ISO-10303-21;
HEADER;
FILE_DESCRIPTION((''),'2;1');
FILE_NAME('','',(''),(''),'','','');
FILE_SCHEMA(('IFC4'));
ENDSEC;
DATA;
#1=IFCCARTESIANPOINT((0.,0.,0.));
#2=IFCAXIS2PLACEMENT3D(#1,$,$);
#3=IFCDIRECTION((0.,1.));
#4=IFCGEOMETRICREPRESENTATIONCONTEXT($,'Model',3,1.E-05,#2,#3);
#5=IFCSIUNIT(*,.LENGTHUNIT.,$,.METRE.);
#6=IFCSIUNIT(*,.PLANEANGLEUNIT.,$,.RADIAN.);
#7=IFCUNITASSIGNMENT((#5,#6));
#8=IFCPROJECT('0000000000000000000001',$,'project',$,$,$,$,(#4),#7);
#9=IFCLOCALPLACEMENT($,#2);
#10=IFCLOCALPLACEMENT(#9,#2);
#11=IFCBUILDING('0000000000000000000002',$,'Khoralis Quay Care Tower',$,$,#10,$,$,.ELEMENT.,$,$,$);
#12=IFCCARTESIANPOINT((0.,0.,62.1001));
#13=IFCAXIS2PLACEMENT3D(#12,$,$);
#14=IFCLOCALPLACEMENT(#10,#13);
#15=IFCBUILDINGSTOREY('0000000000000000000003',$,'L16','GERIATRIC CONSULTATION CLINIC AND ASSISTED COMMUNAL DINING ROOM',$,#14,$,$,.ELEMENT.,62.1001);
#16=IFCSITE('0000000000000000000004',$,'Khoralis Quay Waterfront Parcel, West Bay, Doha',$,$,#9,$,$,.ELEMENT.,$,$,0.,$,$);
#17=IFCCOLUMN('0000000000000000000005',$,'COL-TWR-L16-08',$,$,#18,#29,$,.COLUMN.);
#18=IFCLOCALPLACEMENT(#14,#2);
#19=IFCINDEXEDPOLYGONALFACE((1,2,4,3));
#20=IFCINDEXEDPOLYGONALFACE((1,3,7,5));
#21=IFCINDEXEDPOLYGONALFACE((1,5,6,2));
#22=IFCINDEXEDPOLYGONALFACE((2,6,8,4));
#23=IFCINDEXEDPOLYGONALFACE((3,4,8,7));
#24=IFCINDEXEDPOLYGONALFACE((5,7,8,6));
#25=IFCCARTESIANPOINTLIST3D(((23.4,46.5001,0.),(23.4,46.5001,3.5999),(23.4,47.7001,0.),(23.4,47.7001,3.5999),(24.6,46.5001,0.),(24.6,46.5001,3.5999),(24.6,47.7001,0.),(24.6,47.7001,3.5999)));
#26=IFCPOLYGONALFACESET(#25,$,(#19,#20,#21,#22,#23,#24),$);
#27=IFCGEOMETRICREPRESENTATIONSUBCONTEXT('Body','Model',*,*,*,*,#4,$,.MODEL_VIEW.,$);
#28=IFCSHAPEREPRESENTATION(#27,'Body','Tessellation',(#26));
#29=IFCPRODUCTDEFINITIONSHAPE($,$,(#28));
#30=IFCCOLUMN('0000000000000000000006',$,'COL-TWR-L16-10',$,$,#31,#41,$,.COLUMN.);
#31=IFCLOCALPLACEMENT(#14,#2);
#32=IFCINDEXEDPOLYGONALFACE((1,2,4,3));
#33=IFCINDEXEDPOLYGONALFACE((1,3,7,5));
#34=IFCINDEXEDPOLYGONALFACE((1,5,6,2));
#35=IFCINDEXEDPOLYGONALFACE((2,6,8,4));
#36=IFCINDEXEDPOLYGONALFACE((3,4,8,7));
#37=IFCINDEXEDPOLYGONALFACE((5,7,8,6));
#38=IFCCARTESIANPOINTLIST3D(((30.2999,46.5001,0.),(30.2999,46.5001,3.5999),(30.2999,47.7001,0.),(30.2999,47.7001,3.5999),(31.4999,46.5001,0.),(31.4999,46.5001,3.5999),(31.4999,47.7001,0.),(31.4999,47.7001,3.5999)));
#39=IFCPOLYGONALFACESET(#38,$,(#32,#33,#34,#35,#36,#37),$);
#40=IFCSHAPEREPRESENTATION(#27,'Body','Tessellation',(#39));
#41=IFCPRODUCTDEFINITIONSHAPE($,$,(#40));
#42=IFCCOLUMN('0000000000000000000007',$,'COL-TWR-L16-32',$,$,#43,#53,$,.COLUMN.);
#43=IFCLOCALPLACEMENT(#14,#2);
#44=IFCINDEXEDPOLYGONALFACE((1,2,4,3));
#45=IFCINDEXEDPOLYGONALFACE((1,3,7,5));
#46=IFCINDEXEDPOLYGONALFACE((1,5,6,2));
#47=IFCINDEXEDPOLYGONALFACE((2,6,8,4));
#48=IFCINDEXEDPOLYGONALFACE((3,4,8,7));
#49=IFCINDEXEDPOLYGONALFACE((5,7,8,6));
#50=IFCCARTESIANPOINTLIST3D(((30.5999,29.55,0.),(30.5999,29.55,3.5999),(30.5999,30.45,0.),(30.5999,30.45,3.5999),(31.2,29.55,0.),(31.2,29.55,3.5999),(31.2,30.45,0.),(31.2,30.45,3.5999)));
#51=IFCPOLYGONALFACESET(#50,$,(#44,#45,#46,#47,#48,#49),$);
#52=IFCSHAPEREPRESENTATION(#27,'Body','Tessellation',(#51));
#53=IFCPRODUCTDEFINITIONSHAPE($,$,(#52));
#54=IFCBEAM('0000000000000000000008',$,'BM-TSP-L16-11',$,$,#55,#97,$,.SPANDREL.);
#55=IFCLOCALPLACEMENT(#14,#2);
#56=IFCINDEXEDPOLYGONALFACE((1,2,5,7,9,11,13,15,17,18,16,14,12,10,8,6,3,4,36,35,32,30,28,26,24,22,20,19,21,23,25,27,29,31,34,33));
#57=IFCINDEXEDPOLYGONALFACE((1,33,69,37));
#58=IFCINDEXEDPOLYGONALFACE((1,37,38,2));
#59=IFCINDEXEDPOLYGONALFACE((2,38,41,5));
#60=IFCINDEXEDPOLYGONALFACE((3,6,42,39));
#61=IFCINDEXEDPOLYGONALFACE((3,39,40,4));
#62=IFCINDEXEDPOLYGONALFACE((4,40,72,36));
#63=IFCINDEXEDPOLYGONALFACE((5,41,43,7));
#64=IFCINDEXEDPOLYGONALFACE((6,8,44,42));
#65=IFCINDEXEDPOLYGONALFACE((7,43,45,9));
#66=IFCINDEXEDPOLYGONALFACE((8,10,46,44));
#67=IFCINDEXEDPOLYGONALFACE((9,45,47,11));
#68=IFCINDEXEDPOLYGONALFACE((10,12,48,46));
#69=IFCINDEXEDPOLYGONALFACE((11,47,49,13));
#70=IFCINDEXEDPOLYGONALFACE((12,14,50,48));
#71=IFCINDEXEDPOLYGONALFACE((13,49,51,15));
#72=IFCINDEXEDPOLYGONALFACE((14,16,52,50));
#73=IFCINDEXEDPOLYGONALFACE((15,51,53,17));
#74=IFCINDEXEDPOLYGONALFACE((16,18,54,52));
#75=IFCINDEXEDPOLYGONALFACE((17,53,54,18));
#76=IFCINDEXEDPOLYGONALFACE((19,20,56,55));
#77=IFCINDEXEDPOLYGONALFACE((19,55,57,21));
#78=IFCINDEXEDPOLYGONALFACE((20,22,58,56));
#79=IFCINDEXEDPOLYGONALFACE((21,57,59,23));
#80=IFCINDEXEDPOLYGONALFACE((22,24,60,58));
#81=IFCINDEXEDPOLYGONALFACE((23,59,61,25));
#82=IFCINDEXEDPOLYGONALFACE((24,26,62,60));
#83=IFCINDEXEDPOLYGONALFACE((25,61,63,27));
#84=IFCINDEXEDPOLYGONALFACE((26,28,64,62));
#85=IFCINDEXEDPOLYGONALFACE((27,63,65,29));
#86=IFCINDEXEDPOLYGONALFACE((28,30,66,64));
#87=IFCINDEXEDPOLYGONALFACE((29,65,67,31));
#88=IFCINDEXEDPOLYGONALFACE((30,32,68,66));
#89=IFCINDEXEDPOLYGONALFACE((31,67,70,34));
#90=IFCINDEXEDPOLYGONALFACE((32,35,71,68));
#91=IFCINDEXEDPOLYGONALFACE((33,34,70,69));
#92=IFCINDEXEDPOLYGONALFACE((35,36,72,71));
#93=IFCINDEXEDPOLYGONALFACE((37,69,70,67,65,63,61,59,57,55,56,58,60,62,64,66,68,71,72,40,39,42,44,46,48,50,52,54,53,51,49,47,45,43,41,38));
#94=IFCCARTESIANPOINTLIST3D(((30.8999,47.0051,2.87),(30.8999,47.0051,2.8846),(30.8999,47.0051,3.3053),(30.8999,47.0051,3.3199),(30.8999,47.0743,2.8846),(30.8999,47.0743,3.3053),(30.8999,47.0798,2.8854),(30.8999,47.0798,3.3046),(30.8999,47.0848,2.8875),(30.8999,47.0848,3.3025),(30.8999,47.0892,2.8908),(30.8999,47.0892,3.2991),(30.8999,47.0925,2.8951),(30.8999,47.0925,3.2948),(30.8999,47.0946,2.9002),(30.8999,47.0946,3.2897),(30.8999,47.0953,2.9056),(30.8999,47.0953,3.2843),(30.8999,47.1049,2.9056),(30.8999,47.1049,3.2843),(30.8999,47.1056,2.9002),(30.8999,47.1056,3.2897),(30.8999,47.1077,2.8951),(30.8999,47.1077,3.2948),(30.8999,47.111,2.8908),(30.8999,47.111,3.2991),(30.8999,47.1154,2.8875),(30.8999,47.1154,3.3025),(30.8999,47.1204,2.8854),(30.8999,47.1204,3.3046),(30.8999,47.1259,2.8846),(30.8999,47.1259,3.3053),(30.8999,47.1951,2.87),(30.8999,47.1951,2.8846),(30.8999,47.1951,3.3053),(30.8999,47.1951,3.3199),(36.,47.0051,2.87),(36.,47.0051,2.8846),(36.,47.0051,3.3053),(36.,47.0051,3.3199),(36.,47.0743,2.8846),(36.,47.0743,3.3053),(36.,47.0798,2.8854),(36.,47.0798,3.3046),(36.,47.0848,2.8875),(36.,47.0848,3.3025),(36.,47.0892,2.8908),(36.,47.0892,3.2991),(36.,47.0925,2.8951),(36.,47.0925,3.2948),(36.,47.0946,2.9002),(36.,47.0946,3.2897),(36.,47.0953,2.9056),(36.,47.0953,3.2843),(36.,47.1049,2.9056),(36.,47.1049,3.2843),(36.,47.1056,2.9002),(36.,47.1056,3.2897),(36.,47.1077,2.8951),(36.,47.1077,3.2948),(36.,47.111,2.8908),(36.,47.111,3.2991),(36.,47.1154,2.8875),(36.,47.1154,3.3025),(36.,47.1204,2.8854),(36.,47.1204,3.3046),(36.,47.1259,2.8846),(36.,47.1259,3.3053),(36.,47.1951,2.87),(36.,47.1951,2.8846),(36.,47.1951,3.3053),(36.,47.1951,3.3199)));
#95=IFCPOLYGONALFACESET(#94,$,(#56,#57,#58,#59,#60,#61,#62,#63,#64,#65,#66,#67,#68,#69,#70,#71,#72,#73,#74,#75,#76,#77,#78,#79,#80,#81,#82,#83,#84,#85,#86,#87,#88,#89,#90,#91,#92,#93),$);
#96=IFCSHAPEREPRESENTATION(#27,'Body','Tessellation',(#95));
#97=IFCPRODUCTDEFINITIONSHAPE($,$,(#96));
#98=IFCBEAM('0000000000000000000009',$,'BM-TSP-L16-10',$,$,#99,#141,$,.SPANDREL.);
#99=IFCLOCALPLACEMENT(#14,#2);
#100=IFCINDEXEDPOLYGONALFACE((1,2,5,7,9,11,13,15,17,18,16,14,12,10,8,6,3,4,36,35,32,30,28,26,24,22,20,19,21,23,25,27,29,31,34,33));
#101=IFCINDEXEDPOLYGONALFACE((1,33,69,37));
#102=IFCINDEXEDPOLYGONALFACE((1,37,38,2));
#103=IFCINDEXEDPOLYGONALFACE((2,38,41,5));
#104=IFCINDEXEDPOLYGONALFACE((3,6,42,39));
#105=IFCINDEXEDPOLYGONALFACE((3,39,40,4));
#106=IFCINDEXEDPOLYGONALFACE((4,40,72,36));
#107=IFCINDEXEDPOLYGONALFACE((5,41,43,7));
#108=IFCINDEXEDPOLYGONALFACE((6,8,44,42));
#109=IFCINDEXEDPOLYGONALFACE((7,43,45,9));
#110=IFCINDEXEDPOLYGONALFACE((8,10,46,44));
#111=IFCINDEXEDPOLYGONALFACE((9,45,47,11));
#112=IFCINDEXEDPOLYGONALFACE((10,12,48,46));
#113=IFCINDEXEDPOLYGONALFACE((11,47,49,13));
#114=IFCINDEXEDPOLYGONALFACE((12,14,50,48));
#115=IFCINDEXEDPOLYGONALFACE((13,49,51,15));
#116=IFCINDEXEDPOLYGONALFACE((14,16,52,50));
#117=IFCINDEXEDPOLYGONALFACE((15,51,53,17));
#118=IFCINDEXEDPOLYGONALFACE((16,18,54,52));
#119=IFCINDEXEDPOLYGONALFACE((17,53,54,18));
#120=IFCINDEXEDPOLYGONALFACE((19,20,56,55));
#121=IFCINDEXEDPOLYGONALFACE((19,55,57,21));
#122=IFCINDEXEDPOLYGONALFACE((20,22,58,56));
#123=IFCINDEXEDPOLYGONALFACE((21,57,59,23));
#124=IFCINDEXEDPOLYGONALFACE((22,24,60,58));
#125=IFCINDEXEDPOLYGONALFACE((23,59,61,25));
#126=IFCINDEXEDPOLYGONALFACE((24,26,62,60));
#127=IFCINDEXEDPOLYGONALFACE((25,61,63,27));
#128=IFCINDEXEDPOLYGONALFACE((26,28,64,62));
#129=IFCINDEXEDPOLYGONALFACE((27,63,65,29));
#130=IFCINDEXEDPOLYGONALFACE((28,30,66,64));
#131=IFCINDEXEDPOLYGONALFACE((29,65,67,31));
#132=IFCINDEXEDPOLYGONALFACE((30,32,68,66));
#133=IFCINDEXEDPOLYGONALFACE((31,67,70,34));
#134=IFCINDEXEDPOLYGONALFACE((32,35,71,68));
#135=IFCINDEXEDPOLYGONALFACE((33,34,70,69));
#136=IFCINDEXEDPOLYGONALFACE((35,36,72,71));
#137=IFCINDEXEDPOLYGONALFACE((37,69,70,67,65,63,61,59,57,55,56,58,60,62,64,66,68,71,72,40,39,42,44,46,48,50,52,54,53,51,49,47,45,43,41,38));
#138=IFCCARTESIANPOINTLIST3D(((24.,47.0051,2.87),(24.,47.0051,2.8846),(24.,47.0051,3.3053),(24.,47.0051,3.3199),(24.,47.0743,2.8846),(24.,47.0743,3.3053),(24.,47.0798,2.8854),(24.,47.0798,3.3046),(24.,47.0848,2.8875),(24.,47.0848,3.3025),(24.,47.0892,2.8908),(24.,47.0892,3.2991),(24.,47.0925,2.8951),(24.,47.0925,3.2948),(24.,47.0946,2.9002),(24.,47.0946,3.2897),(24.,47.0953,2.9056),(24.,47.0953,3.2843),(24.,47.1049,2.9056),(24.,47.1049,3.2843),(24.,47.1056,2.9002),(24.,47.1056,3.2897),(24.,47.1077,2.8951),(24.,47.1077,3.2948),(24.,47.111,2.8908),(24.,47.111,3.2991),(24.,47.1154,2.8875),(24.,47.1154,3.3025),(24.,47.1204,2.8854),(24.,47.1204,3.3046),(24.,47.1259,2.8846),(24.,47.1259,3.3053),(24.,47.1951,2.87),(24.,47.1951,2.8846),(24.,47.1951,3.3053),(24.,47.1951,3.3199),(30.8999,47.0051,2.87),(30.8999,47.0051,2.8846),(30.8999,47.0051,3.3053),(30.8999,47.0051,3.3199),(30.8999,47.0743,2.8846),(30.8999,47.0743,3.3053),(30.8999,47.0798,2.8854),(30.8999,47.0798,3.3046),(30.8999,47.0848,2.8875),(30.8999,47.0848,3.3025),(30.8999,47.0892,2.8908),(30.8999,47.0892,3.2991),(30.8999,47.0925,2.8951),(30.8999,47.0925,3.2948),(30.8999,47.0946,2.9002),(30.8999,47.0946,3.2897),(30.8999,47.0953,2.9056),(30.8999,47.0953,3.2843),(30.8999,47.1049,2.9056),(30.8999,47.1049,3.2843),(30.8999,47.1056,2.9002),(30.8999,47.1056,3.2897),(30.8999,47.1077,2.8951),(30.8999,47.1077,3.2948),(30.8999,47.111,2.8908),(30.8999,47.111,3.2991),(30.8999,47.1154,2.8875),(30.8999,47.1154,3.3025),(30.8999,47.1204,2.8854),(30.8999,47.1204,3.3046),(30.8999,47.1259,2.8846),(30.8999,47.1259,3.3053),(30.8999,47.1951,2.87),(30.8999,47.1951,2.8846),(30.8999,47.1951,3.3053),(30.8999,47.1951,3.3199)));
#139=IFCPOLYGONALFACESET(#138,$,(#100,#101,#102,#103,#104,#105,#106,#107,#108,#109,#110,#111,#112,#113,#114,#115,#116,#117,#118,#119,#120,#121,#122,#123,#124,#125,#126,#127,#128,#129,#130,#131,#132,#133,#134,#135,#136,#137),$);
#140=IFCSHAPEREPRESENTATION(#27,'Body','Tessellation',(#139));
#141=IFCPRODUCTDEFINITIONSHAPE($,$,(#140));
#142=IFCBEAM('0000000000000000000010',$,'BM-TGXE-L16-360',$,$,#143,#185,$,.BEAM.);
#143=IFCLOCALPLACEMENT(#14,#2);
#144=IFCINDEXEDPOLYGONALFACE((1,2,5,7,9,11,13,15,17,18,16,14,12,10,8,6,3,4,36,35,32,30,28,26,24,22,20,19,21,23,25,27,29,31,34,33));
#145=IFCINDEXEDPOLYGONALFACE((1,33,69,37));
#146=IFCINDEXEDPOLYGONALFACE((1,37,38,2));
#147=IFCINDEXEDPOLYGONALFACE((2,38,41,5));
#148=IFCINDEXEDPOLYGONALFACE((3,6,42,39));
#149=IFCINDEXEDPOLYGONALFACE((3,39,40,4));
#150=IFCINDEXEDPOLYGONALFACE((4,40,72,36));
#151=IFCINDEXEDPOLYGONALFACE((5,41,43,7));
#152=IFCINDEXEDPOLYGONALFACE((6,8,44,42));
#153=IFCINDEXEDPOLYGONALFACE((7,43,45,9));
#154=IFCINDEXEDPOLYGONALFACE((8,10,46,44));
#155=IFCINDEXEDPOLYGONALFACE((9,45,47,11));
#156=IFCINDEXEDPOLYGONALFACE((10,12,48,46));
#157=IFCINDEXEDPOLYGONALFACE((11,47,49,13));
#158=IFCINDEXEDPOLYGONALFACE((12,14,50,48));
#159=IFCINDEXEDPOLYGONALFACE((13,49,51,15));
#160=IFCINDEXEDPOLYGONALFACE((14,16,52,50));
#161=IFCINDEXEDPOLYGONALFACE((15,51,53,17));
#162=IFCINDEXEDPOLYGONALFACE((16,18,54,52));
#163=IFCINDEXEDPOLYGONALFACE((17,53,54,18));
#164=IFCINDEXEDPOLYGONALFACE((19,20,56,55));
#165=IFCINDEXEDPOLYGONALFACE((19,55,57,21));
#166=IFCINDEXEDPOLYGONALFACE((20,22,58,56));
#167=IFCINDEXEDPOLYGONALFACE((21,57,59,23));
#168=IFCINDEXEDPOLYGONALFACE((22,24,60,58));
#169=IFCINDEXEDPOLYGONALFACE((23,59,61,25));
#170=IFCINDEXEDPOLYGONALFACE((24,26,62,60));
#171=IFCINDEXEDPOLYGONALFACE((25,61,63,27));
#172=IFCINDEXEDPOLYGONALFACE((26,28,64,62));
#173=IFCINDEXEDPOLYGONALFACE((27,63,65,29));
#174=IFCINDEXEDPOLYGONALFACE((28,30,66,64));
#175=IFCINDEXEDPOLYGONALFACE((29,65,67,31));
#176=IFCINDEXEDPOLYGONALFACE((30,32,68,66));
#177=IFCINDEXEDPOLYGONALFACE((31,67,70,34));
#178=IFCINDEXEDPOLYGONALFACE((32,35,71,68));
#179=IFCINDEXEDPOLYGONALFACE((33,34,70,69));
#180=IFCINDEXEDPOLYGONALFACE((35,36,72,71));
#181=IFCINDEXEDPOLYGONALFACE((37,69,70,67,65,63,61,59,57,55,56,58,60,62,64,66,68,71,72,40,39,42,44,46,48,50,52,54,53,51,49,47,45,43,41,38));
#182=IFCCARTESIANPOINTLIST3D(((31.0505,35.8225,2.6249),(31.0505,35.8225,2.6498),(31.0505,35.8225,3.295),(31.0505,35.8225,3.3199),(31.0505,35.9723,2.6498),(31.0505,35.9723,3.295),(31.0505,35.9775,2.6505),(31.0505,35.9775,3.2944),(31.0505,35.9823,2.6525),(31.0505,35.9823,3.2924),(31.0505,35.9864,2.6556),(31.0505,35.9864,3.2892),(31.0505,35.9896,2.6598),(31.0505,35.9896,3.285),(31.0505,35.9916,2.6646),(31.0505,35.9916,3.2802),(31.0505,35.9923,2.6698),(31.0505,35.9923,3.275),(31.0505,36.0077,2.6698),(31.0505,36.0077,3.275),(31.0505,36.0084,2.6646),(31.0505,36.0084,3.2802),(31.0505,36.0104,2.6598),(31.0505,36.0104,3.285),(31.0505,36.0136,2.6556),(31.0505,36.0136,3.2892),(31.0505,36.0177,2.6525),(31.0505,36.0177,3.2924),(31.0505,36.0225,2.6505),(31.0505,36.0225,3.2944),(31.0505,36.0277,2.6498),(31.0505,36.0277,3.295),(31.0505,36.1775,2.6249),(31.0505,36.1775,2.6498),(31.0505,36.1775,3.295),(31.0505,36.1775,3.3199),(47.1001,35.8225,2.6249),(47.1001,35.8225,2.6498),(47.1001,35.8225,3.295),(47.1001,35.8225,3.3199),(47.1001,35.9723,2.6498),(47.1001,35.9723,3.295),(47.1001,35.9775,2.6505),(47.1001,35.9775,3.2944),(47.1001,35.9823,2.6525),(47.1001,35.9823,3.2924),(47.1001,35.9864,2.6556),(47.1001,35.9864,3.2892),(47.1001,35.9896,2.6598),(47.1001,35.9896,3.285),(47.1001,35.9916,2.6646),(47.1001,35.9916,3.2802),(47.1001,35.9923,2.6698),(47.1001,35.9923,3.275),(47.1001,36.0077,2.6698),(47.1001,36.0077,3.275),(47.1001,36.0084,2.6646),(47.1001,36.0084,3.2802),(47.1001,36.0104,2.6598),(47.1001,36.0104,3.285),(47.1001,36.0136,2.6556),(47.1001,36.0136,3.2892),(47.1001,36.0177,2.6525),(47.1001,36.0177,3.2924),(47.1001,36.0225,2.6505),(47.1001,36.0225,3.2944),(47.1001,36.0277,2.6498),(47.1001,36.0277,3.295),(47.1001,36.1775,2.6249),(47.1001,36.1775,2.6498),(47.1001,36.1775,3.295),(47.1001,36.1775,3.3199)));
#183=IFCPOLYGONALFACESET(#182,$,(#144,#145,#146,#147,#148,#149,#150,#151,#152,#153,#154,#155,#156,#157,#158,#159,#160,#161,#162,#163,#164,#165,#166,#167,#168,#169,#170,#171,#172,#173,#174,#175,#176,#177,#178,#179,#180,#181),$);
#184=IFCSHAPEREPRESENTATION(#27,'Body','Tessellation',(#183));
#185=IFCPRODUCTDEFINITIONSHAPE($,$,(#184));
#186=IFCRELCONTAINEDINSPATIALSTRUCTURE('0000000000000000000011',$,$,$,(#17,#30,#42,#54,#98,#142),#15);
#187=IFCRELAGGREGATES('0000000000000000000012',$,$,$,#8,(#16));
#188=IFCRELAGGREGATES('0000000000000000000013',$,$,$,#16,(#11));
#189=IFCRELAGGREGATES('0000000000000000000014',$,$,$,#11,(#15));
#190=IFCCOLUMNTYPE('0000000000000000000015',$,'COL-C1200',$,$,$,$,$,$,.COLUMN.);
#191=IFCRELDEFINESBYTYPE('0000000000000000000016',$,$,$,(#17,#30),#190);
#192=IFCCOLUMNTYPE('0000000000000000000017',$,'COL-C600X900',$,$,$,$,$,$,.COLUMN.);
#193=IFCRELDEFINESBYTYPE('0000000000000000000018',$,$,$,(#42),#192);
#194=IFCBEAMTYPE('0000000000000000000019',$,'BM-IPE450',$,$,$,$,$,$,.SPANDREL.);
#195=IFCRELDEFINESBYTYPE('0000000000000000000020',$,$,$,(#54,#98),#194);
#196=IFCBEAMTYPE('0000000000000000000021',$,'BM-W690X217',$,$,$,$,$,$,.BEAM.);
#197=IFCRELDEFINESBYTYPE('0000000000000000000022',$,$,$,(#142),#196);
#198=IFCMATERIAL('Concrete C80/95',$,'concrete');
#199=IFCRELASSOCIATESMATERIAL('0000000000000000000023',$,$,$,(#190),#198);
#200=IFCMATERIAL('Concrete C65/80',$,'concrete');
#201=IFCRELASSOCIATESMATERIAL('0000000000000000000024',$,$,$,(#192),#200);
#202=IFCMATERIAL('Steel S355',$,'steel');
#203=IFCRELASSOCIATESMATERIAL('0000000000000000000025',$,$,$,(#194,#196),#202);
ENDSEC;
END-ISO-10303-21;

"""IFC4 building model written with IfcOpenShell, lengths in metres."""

from ifc_helpers import new_model, si_unit, direction, frame, origin, origin_2d, place, context, subcontext, project, spatial, rectangle, i_section, extrude, source, transform, mapped, material, material_profile, profile_set, type_object, element, save


model = new_model("IFC4")

# Units and contexts
model_context = context("Model", 3, precision=1e-05, world=origin(), true_north=direction((0.0, 1.0)))
body_context = subcontext(model_context, "Body", "Model", "MODEL_VIEW")
ifc_project = project(units=[si_unit("LENGTHUNIT", "METRE"), si_unit("PLANEANGLEUNIT", "RADIAN")], contexts=[model_context])

# Site, building, storey
site_placement = place(None, origin())
site = spatial("IfcSite", under=ifc_project, at=site_placement, Name="Khoralis Quay Waterfront Parcel, West Bay, Doha", CompositionType="ELEMENT", RefElevation=0.0)
building_placement = place(site_placement, origin())
building = spatial("IfcBuilding", under=site, at=building_placement, Name="Khoralis Quay Care Tower", CompositionType="ELEMENT")
storey_placement = place(building_placement, frame((0.0, 0.0, 62.1001)))
storey = spatial("IfcBuildingStorey", under=building, at=storey_placement, Name="L16", Description="GERIATRIC CONSULTATION CLINIC AND ASSISTED COMMUNAL DINING ROOM", CompositionType="ELEMENT", Elevation=62.1001)

# Columns
ifc_material_1 = material(Name="Concrete C80/95", Category="concrete")
ifc_material_profile_1 = material_profile(ifc_material_1, rectangle(XDim=1.2, YDim=1.2, at=origin_2d()), Name="Concrete C80/95")
ifc_profile_set_1 = profile_set([ifc_material_profile_1], Name="Concrete C80/95")
column_type_1 = type_object("IfcColumnType", Name="COL-C1200", PredefinedType="COLUMN", material=ifc_profile_set_1)
shared_shape_1 = source(origin(), body_context, "Body", "SweptSolid", [
    extrude(rectangle(XDim=1.2, YDim=1.2, at=origin_2d()), origin(), (0.0, 0.0, 1.0), 3.5999),
])
for number, where, z_axis, x_axis, name in (
    (1, (24.0, 47.1001, 0.0), (0.0, 0.0, 1.0), (1.0, 0.0, 0.0), "COL-TWR-L16-08"),
    (2, (30.8999, 47.1001, 0.0), (0.0, 0.0, 1.0), (1.0, 0.0, 0.0), "COL-TWR-L16-10"),
):
    element("IfcColumn", number, at=place(storey_placement, frame(where, z_axis=z_axis, x_axis=x_axis)), inside=storey, type_object=column_type_1, Name=name, PredefinedType="COLUMN", context=body_context, shape_type="MappedRepresentation", body=[
        mapped(shared_shape_1, transform((0.0, 0.0, 0.0), scale=1.0)),
    ])
ifc_material_2 = material(Name="Concrete C65/80", Category="concrete")
ifc_material_profile_2 = material_profile(ifc_material_2, rectangle(XDim=0.6001, YDim=0.8999, at=origin_2d()), Name="Concrete C65/80")
ifc_profile_set_2 = profile_set([ifc_material_profile_2], Name="Concrete C65/80")
column_type_2 = type_object("IfcColumnType", Name="COL-C600X900", PredefinedType="COLUMN", material=ifc_profile_set_2)
shared_shape_2 = source(origin(), body_context, "Body", "SweptSolid", [
    extrude(rectangle(XDim=0.6001, YDim=0.8999, at=origin_2d()), origin(), (0.0, 0.0, 1.0), 3.5999),
])
column_placement = place(storey_placement, frame((30.8999, 30.0, 0.0), z_axis=(0.0, 0.0, 1.0), x_axis=(1.0, 0.0, 0.0)))
element("IfcColumn", 3, at=column_placement, inside=storey, type_object=column_type_2, Name="COL-TWR-L16-32", PredefinedType="COLUMN", context=body_context, shape_type="MappedRepresentation", body=[
    mapped(shared_shape_2, transform((0.0, 0.0, 0.0), scale=1.0)),
])

# Beams
ifc_material_3 = material(Name="Steel S355", Category="steel")
ifc_material_profile_3 = material_profile(ifc_material_3, i_section(OverallWidth=0.1899, OverallDepth=0.45, WebThickness=0.0095, FlangeThickness=0.0146, FilletRadius=0.021, at=origin_2d()), Name="Steel S355")
ifc_profile_set_3 = profile_set([ifc_material_profile_3], Name="Steel S355")
beam_type_1 = type_object("IfcBeamType", Name="BM-IPE450", PredefinedType="SPANDREL", material=ifc_profile_set_3)
shared_shape_3 = source(origin(), body_context, "Body", "SweptSolid", [
    extrude(i_section(OverallWidth=0.1899, OverallDepth=0.45, WebThickness=0.0095, FlangeThickness=0.0146, FilletRadius=0.021, at=origin_2d()), origin(), (0.0, 0.0, 1.0), 5.1001),
])
beam_1_placement = place(storey_placement, frame((30.8999, 47.1001, 3.095), z_axis=(1.0, 0.0, 0.0), x_axis=(0.0, 1.0, 0.0)))
element("IfcBeam", 4, at=beam_1_placement, inside=storey, type_object=beam_type_1, Name="BM-TSP-L16-11", PredefinedType="SPANDREL", context=body_context, shape_type="MappedRepresentation", body=[
    mapped(shared_shape_3, transform((0.0, 0.0, 0.0), scale=1.0)),
])
shared_shape_4 = source(origin(), body_context, "Body", "SweptSolid", [
    extrude(i_section(OverallWidth=0.1899, OverallDepth=0.45, WebThickness=0.0095, FlangeThickness=0.0146, FilletRadius=0.021, at=origin_2d()), origin(), (0.0, 0.0, 1.0), 6.8999),
])
beam_2_placement = place(storey_placement, frame((24.0, 47.1001, 3.095), z_axis=(1.0, 0.0, 0.0), x_axis=(0.0, 1.0, 0.0)))
element("IfcBeam", 5, at=beam_2_placement, inside=storey, type_object=beam_type_1, Name="BM-TSP-L16-10", PredefinedType="SPANDREL", context=body_context, shape_type="MappedRepresentation", body=[
    mapped(shared_shape_4, transform((0.0, 0.0, 0.0), scale=1.0)),
])
ifc_material_profile_4 = material_profile(ifc_material_3, i_section(OverallWidth=0.355, OverallDepth=0.6951, WebThickness=0.0154, FlangeThickness=0.0249, FilletRadius=0.02, at=origin_2d()), Name="Steel S355")
ifc_profile_set_4 = profile_set([ifc_material_profile_4], Name="Steel S355")
beam_type_2 = type_object("IfcBeamType", Name="BM-W690X217", PredefinedType="BEAM", material=ifc_profile_set_4)
shared_shape_5 = source(origin(), body_context, "Body", "SweptSolid", [
    extrude(i_section(OverallWidth=0.355, OverallDepth=0.6951, WebThickness=0.0154, FlangeThickness=0.0249, FilletRadius=0.02, at=origin_2d()), origin(), (0.0, 0.0, 1.0), 16.0496),
])
for number, where, z_axis, x_axis, name in (
    (6, (31.0505, 36.0, 2.9724), (1.0, 0.0, 0.0), (0.0, 1.0, 0.0), "BM-TGXE-L16-360"),
):
    element("IfcBeam", number, at=place(storey_placement, frame(where, z_axis=z_axis, x_axis=x_axis)), inside=storey, type_object=beam_type_2, Name=name, PredefinedType="BEAM", context=body_context, shape_type="MappedRepresentation", body=[
        mapped(shared_shape_5, transform((0.0, 0.0, 0.0), scale=1.0)),
    ])

save(model, "model.ifc")
